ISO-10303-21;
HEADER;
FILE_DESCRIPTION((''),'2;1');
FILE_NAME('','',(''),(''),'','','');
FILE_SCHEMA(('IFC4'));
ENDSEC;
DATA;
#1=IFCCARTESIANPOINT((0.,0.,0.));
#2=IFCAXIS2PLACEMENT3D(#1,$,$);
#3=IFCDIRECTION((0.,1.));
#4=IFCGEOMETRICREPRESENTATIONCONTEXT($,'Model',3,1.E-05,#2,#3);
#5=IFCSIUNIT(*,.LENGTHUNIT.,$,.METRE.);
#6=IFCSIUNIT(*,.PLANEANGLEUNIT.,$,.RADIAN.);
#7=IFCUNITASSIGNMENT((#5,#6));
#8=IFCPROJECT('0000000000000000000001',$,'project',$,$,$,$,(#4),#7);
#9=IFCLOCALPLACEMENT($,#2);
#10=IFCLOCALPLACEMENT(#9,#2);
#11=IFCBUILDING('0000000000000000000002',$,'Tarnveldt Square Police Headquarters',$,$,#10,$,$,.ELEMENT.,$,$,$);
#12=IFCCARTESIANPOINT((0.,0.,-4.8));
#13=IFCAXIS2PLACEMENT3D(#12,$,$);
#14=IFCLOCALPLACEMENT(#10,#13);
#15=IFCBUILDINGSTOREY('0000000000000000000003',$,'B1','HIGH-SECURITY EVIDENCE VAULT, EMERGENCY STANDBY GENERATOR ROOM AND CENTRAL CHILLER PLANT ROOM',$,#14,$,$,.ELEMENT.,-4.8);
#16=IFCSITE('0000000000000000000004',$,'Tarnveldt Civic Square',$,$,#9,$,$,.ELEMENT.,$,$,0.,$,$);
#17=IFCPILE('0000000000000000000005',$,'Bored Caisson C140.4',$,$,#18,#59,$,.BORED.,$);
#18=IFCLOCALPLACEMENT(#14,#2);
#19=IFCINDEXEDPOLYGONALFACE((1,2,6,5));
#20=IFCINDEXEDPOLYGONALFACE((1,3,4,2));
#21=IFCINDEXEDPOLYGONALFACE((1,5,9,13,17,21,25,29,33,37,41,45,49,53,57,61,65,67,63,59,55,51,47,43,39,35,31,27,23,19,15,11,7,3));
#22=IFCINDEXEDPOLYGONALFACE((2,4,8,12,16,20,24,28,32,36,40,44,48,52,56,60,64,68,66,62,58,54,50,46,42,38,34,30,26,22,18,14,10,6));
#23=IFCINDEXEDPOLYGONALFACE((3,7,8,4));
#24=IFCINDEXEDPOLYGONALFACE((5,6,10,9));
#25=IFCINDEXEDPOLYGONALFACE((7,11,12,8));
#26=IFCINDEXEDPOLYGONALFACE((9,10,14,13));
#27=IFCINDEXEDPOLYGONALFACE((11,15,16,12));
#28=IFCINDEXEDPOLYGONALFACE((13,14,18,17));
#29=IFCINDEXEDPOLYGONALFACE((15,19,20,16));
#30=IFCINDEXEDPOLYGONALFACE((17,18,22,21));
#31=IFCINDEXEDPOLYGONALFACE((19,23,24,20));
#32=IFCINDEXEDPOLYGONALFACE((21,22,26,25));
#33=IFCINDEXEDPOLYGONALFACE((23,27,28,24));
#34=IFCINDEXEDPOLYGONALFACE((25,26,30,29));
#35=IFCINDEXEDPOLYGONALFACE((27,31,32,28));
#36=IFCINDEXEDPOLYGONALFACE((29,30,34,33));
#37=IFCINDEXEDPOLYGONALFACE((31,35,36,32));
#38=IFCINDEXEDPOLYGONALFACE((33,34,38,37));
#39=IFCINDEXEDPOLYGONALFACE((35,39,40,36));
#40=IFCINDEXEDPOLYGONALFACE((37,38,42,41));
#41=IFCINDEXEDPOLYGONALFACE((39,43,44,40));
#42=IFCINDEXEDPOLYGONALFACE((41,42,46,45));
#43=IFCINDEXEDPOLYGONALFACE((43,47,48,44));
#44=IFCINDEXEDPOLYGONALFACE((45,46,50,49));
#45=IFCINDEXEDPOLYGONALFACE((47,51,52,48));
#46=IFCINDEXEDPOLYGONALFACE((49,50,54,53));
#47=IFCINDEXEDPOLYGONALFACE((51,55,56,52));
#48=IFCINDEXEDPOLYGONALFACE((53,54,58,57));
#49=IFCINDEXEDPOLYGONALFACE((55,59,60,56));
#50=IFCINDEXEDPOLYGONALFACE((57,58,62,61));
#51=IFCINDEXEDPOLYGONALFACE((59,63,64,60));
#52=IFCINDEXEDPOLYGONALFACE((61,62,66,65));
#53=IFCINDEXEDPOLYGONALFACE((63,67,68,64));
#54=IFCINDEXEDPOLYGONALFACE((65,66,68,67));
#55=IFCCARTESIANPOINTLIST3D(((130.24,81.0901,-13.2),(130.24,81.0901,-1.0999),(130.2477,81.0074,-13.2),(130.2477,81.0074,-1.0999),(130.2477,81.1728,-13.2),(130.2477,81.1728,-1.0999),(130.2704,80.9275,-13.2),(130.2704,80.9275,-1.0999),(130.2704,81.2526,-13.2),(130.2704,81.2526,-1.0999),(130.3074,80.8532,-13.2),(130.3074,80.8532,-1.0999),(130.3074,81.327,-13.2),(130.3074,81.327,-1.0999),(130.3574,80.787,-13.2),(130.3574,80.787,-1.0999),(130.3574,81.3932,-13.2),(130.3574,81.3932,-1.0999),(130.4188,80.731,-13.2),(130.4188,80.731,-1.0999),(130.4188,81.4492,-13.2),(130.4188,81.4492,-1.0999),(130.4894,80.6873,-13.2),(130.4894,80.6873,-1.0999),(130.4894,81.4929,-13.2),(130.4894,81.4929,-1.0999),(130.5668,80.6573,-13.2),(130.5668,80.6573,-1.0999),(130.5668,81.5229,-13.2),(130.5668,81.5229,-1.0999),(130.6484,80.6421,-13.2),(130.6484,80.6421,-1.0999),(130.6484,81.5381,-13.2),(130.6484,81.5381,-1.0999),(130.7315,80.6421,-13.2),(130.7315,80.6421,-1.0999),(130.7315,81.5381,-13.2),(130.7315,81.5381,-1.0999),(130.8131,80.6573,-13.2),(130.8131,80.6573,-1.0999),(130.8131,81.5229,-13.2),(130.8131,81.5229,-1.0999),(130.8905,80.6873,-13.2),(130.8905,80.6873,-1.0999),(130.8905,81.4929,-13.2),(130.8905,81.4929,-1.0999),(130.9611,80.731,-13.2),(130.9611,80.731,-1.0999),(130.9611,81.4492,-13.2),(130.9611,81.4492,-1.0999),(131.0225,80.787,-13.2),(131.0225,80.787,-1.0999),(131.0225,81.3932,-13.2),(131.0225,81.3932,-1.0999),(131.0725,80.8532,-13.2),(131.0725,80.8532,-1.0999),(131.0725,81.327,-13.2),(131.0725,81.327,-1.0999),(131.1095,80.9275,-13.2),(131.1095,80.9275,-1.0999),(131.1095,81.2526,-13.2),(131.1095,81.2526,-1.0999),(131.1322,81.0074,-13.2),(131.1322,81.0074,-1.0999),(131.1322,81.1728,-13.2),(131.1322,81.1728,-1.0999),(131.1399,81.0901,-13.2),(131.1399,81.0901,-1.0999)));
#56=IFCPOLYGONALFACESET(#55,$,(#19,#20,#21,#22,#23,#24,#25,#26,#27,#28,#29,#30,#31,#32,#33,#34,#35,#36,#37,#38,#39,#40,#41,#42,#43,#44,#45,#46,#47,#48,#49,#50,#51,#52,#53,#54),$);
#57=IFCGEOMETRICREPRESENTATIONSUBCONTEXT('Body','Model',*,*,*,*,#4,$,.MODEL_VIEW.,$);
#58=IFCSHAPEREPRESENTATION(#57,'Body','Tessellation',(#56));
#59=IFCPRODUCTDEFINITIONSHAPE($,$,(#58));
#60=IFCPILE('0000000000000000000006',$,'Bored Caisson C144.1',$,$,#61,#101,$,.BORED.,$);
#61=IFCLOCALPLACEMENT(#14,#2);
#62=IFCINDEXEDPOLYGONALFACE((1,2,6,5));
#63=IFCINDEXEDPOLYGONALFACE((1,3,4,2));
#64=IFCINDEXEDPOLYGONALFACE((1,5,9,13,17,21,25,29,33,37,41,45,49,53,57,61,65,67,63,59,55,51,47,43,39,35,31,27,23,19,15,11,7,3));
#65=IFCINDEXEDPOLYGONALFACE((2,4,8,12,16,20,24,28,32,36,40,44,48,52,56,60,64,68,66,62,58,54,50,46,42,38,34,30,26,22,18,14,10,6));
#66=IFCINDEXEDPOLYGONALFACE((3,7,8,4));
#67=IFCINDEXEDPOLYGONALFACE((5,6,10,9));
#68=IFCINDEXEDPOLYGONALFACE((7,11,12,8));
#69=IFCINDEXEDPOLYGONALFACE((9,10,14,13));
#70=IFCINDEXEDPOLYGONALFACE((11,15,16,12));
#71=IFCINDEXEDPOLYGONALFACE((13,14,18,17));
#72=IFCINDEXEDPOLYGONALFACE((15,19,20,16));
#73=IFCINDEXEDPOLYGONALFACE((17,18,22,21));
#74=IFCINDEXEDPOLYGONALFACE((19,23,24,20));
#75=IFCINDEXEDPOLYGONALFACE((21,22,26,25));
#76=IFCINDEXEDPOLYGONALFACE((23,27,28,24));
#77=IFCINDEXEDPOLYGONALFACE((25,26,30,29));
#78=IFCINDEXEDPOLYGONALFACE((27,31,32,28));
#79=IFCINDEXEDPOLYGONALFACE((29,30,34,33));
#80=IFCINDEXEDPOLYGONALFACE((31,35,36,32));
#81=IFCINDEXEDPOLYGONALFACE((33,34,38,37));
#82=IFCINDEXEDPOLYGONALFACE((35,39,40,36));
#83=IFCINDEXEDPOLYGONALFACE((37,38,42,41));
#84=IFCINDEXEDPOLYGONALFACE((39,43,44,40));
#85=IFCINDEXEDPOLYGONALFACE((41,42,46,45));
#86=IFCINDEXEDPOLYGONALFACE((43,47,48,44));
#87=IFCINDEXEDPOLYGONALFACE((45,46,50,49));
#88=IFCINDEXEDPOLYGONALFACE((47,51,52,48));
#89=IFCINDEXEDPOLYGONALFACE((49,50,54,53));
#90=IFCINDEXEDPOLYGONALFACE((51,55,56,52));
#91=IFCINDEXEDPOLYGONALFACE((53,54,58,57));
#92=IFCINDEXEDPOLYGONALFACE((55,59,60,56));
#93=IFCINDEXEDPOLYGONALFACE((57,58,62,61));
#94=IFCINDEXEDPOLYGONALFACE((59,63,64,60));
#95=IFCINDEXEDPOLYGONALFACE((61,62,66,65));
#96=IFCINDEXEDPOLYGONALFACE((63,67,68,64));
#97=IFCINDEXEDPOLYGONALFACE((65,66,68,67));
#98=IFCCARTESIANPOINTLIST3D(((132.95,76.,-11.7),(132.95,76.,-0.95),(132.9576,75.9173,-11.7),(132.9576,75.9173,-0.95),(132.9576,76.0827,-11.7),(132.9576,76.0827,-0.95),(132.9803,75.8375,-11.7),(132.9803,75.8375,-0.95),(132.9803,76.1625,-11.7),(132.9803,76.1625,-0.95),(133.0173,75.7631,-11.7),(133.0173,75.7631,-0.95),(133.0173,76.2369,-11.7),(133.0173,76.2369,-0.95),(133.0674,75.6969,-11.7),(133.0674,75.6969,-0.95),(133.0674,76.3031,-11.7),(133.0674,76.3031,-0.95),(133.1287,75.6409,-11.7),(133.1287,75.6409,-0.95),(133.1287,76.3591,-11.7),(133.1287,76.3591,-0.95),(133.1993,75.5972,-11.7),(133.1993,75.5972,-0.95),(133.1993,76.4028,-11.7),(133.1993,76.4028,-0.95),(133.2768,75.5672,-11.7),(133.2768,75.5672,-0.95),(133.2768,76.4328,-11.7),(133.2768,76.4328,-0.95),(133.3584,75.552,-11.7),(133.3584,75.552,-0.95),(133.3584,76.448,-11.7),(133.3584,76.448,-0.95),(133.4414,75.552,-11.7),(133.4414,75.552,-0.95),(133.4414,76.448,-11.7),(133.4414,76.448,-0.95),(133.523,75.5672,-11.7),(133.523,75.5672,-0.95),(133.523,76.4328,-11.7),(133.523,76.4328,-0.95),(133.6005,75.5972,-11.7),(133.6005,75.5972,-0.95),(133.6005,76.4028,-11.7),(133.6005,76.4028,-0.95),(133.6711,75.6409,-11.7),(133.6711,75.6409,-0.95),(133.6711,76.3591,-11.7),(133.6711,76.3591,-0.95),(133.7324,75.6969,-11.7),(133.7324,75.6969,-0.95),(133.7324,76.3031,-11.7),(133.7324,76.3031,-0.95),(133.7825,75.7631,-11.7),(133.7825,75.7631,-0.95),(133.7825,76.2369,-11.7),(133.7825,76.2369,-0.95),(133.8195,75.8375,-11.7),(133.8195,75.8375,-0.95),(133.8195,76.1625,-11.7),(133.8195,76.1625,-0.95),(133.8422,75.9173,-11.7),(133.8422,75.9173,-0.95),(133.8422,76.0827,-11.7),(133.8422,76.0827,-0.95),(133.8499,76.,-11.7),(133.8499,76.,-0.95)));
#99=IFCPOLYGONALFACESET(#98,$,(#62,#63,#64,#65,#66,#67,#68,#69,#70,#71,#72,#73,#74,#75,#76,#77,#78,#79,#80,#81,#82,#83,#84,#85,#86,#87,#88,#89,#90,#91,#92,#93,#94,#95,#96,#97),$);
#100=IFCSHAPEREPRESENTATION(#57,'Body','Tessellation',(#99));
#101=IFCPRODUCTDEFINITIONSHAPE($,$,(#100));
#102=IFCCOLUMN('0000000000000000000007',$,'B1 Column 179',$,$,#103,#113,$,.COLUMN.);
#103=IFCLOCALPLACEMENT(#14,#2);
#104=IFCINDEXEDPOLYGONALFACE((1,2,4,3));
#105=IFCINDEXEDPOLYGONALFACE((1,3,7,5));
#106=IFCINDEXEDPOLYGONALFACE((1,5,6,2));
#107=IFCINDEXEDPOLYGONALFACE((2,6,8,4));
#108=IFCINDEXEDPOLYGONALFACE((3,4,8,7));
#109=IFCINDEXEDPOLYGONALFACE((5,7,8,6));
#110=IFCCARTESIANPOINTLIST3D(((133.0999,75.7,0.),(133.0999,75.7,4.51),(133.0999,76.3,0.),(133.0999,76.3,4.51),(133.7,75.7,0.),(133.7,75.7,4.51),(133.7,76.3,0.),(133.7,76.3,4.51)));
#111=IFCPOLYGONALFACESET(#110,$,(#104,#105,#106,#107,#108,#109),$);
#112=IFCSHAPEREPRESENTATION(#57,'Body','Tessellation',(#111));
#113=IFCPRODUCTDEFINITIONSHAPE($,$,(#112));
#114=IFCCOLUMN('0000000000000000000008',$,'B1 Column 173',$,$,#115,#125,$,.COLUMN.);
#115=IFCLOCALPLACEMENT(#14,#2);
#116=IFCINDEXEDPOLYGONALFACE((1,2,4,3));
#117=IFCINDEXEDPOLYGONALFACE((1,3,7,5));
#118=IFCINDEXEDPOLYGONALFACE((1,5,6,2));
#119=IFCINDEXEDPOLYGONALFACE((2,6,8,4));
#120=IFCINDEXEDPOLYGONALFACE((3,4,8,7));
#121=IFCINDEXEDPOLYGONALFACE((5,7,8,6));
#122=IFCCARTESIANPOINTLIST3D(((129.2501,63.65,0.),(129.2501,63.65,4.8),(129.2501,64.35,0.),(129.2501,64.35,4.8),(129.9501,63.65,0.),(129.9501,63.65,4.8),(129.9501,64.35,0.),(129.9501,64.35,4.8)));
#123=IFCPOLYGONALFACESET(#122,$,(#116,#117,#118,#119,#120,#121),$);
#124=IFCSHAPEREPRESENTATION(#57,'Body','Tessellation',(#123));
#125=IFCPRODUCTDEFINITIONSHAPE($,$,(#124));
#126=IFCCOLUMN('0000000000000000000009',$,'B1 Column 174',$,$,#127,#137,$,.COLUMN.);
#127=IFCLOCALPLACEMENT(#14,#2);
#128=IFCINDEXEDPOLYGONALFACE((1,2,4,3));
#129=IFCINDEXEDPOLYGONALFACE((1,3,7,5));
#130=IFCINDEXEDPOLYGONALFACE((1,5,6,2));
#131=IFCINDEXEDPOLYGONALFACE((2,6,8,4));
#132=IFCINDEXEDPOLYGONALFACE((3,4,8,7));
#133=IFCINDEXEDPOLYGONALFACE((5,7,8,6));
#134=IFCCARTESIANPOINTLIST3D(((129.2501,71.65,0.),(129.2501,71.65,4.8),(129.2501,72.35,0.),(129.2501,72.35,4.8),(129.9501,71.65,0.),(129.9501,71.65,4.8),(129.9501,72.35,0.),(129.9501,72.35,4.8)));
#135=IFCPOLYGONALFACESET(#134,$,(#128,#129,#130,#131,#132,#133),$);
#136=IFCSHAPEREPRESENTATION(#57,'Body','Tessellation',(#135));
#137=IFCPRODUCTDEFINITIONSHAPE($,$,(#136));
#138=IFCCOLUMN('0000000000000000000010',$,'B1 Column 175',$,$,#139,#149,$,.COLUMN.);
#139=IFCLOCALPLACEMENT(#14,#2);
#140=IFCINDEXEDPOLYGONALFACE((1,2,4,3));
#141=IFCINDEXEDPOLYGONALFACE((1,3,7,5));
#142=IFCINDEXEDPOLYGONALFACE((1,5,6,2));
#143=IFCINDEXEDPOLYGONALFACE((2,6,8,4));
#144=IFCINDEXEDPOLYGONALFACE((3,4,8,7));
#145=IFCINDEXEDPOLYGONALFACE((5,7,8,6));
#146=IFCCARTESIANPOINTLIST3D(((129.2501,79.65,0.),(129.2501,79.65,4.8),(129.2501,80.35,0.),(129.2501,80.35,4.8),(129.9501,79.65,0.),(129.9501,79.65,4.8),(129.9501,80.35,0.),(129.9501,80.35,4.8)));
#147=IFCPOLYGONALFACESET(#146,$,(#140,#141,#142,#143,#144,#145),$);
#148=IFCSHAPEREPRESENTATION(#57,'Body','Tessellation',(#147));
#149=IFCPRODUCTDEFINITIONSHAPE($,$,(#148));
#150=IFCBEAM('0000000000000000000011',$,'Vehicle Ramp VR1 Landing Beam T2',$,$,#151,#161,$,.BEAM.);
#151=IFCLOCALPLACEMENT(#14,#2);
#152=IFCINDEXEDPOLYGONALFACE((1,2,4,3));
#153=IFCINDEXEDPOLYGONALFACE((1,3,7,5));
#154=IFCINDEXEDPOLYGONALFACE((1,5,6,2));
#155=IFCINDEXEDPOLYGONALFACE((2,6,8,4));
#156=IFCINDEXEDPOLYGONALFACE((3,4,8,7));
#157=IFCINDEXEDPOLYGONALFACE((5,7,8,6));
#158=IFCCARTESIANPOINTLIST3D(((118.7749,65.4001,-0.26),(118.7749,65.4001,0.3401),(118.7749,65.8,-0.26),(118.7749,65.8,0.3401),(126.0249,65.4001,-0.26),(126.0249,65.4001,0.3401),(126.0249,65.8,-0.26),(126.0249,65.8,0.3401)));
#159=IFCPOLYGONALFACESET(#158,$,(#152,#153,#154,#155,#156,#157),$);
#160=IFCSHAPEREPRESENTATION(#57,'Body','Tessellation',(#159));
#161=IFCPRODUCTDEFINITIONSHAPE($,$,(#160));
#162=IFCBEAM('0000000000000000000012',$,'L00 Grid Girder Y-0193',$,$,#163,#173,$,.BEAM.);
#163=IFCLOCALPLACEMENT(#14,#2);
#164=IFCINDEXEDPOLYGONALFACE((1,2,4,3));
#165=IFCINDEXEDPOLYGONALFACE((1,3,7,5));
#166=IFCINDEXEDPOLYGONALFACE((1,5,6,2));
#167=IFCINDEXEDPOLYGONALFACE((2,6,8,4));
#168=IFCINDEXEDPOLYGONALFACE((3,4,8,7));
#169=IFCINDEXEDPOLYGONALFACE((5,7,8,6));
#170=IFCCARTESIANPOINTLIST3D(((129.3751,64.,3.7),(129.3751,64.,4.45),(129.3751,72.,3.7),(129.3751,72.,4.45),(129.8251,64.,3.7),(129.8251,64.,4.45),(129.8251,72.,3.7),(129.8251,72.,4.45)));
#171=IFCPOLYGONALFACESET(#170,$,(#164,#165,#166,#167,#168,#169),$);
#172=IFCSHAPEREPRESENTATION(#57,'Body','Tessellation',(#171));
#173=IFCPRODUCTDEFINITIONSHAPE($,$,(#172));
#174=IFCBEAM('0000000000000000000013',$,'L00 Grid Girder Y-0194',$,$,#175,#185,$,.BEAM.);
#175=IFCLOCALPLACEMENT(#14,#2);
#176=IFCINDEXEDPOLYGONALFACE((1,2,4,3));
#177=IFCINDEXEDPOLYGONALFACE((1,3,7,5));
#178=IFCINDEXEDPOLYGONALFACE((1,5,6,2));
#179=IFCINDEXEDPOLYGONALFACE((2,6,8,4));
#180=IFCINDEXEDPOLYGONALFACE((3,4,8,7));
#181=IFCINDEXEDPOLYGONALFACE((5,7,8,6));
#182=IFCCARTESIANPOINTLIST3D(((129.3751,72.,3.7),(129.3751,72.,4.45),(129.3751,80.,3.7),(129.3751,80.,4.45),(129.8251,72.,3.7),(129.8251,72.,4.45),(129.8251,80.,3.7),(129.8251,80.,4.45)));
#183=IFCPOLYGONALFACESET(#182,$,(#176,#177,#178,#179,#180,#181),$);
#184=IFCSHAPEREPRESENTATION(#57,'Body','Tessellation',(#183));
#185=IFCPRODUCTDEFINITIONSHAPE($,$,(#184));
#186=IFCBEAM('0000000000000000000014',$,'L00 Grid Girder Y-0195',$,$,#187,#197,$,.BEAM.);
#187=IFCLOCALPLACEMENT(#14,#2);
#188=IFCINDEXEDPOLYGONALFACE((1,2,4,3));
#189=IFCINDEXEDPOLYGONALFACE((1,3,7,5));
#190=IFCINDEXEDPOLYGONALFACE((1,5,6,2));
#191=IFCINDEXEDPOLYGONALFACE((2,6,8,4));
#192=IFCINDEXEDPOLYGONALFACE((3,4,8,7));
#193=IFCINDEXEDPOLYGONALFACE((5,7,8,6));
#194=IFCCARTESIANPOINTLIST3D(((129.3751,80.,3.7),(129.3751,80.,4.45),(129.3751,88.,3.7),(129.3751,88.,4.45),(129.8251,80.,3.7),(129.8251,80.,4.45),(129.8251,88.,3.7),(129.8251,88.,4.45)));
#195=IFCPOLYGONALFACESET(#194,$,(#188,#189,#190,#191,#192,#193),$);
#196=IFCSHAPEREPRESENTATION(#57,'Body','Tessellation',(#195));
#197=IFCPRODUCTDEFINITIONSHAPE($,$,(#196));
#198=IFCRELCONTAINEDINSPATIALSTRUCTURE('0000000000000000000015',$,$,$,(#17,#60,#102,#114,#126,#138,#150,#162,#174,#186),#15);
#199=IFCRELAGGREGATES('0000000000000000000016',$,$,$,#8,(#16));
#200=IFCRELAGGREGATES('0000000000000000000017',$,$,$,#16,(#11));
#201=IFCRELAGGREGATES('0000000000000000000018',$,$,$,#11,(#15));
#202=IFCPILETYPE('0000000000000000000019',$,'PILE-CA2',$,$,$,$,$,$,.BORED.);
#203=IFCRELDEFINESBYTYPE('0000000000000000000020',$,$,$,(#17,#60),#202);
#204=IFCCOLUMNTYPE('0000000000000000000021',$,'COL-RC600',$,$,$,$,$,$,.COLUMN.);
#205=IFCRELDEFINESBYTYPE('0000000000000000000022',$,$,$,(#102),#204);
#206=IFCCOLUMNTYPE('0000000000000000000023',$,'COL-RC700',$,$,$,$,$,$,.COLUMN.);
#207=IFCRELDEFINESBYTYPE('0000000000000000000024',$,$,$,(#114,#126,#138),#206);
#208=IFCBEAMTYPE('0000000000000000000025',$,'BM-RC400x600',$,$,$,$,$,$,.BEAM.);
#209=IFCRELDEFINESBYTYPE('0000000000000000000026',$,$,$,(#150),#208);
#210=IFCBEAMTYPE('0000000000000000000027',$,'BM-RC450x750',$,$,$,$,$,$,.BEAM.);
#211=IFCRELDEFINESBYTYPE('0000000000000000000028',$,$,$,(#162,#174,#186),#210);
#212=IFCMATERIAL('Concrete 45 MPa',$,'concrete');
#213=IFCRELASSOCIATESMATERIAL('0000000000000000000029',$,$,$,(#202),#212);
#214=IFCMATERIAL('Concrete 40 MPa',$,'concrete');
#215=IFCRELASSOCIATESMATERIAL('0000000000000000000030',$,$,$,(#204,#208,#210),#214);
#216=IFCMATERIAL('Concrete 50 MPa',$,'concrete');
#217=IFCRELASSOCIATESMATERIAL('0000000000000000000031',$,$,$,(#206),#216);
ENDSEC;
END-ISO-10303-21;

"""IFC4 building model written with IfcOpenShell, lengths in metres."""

from ifc_helpers import new_model, si_unit, direction, frame, origin, origin_2d, place, context, subcontext, project, spatial, rectangle, circle, extrude, material, material_profile, profile_set, type_object, element, save


model = new_model("IFC4")

# Units and contexts
model_context = context("Model", 3, precision=1e-05, world=origin(), true_north=direction((0.0, 1.0)))
body_context = subcontext(model_context, "Body", "Model", "MODEL_VIEW")
ifc_project = project(units=[si_unit("LENGTHUNIT", "METRE"), si_unit("PLANEANGLEUNIT", "RADIAN")], contexts=[model_context])

# Site, building, storey
site_placement = place(None, origin())
site = spatial("IfcSite", under=ifc_project, at=site_placement, Name="Tarnveldt Civic Square", CompositionType="ELEMENT", RefElevation=0.0)
building_placement = place(site_placement, origin())
building = spatial("IfcBuilding", under=site, at=building_placement, Name="Tarnveldt Square Police Headquarters", CompositionType="ELEMENT")
storey_placement = place(building_placement, frame((0.0, 0.0, -4.8)))
storey = spatial("IfcBuildingStorey", under=building, at=storey_placement, Name="B1", Description="HIGH-SECURITY EVIDENCE VAULT, EMERGENCY STANDBY GENERATOR ROOM AND CENTRAL CHILLER PLANT ROOM", CompositionType="ELEMENT", Elevation=-4.8)

# Shared definitions
ifc_material_1 = material(Name="Concrete 45 MPa", Category="concrete")

# Piles
ifc_material_profile_1 = material_profile(ifc_material_1, circle(Radius=0.45, at=origin_2d()), Name="CAISSON-D900")
ifc_profile_set_1 = profile_set([ifc_material_profile_1], Name="Concrete 45 MPa")
pile_type = type_object("IfcPileType", Name="PILE-CA2", PredefinedType="BORED", material=ifc_profile_set_1)
for number, where, z_axis, x_axis, name in (
    (1, (130.6899, 81.0901, -1.0999), (0.0, 0.0, -1.0), (1.0, 0.0, 0.0), "Bored Caisson C140.4"),
):
    element("IfcPile", number, at=place(storey_placement, frame(where, z_axis=z_axis, x_axis=x_axis)), inside=storey, type_object=pile_type, Name=name, PredefinedType="BORED", context=body_context, shape_type="SweptSolid", body=[
        extrude(circle(Radius=0.45, at=origin_2d()), origin(), (0.0, 0.0, 1.0), 12.1001),
    ])
pile_placement = place(storey_placement, frame((133.3999, 76.0, -0.95), z_axis=(0.0, 0.0, -1.0), x_axis=(1.0, 0.0, 0.0)))
element("IfcPile", 2, at=pile_placement, inside=storey, type_object=pile_type, Name="Bored Caisson C144.1", PredefinedType="BORED", context=body_context, shape_type="SweptSolid", body=[
    extrude(circle(Radius=0.45, at=origin_2d()), origin(), (0.0, 0.0, 1.0), 10.75),
])

# Columns
ifc_material_2 = material(Name="Concrete 40 MPa", Category="concrete")
ifc_material_profile_2 = material_profile(ifc_material_2, rectangle(XDim=0.6001, YDim=0.6001, at=origin_2d()), Name="RC-C600x600")
ifc_profile_set_2 = profile_set([ifc_material_profile_2], Name="Concrete 40 MPa")
column_type_1 = type_object("IfcColumnType", Name="COL-RC600", PredefinedType="COLUMN", material=ifc_profile_set_2)
column_placement = place(storey_placement, frame((133.3999, 76.0, 0.0), z_axis=(0.0, 0.0, 1.0), x_axis=(1.0, 0.0, 0.0)))
element("IfcColumn", 3, at=column_placement, inside=storey, type_object=column_type_1, Name="B1 Column 179", PredefinedType="COLUMN", context=body_context, shape_type="SweptSolid", body=[
    extrude(rectangle(XDim=0.6001, YDim=0.6001, at=origin_2d()), origin(), (0.0, 0.0, 1.0), 4.51),
])
ifc_material_3 = material(Name="Concrete 50 MPa", Category="concrete")
ifc_material_profile_3 = material_profile(ifc_material_3, rectangle(XDim=0.7, YDim=0.7, at=origin_2d()), Name="RC-C700x700")
ifc_profile_set_3 = profile_set([ifc_material_profile_3], Name="Concrete 50 MPa")
column_type_2 = type_object("IfcColumnType", Name="COL-RC700", PredefinedType="COLUMN", material=ifc_profile_set_3)
for number, where, z_axis, x_axis, name in (
    (4, (129.6001, 64.0, 0.0), (0.0, 0.0, 1.0), (1.0, 0.0, 0.0), "B1 Column 173"),
    (5, (129.6001, 72.0, 0.0), (0.0, 0.0, 1.0), (1.0, 0.0, 0.0), "B1 Column 174"),
    (6, (129.6001, 80.0, 0.0), (0.0, 0.0, 1.0), (1.0, 0.0, 0.0), "B1 Column 175"),
):
    element("IfcColumn", number, at=place(storey_placement, frame(where, z_axis=z_axis, x_axis=x_axis)), inside=storey, type_object=column_type_2, Name=name, PredefinedType="COLUMN", context=body_context, shape_type="SweptSolid", body=[
        extrude(rectangle(XDim=0.7, YDim=0.7, at=origin_2d()), origin(), (0.0, 0.0, 1.0), 4.8),
    ])

# Beams
ifc_material_profile_4 = material_profile(ifc_material_2, rectangle(XDim=0.3999, YDim=0.6001, at=origin_2d()), Name="RC-B400x600")
ifc_profile_set_4 = profile_set([ifc_material_profile_4], Name="Concrete 40 MPa")
beam_type_1 = type_object("IfcBeamType", Name="BM-RC400x600", PredefinedType="BEAM", material=ifc_profile_set_4)
beam_placement = place(storey_placement, frame((118.7749, 65.6001, 0.04), z_axis=(1.0, 0.0, 0.0), x_axis=(0.0, 1.0, 0.0)))
element("IfcBeam", 7, at=beam_placement, inside=storey, type_object=beam_type_1, Name="Vehicle Ramp VR1 Landing Beam T2", PredefinedType="BEAM", context=body_context, shape_type="SweptSolid", body=[
    extrude(rectangle(XDim=0.3999, YDim=0.6001, at=origin_2d()), origin(), (0.0, 0.0, 1.0), 7.25),
])
ifc_material_profile_5 = material_profile(ifc_material_2, rectangle(XDim=0.45, YDim=0.75, at=origin_2d()), Name="RC-B450x750")
ifc_profile_set_5 = profile_set([ifc_material_profile_5], Name="Concrete 40 MPa")
beam_type_2 = type_object("IfcBeamType", Name="BM-RC450x750", PredefinedType="BEAM", material=ifc_profile_set_5)
for number, where, z_axis, x_axis, name in (
    (8, (129.6001, 64.0, 4.075), (0.0, 1.0, 0.0), (-1.0, 0.0, 0.0), "L00 Grid Girder Y-0193"),
    (9, (129.6001, 72.0, 4.075), (0.0, 1.0, 0.0), (-1.0, 0.0, 0.0), "L00 Grid Girder Y-0194"),
    (10, (129.6001, 80.0, 4.075), (0.0, 1.0, 0.0), (-1.0, 0.0, 0.0), "L00 Grid Girder Y-0195"),
):
    element("IfcBeam", number, at=place(storey_placement, frame(where, z_axis=z_axis, x_axis=x_axis)), inside=storey, type_object=beam_type_2, Name=name, PredefinedType="BEAM", context=body_context, shape_type="SweptSolid", body=[
        extrude(rectangle(XDim=0.45, YDim=0.75, at=origin_2d()), origin(), (0.0, 0.0, 1.0), 8.0),
    ])

save(model, "model.ifc")
